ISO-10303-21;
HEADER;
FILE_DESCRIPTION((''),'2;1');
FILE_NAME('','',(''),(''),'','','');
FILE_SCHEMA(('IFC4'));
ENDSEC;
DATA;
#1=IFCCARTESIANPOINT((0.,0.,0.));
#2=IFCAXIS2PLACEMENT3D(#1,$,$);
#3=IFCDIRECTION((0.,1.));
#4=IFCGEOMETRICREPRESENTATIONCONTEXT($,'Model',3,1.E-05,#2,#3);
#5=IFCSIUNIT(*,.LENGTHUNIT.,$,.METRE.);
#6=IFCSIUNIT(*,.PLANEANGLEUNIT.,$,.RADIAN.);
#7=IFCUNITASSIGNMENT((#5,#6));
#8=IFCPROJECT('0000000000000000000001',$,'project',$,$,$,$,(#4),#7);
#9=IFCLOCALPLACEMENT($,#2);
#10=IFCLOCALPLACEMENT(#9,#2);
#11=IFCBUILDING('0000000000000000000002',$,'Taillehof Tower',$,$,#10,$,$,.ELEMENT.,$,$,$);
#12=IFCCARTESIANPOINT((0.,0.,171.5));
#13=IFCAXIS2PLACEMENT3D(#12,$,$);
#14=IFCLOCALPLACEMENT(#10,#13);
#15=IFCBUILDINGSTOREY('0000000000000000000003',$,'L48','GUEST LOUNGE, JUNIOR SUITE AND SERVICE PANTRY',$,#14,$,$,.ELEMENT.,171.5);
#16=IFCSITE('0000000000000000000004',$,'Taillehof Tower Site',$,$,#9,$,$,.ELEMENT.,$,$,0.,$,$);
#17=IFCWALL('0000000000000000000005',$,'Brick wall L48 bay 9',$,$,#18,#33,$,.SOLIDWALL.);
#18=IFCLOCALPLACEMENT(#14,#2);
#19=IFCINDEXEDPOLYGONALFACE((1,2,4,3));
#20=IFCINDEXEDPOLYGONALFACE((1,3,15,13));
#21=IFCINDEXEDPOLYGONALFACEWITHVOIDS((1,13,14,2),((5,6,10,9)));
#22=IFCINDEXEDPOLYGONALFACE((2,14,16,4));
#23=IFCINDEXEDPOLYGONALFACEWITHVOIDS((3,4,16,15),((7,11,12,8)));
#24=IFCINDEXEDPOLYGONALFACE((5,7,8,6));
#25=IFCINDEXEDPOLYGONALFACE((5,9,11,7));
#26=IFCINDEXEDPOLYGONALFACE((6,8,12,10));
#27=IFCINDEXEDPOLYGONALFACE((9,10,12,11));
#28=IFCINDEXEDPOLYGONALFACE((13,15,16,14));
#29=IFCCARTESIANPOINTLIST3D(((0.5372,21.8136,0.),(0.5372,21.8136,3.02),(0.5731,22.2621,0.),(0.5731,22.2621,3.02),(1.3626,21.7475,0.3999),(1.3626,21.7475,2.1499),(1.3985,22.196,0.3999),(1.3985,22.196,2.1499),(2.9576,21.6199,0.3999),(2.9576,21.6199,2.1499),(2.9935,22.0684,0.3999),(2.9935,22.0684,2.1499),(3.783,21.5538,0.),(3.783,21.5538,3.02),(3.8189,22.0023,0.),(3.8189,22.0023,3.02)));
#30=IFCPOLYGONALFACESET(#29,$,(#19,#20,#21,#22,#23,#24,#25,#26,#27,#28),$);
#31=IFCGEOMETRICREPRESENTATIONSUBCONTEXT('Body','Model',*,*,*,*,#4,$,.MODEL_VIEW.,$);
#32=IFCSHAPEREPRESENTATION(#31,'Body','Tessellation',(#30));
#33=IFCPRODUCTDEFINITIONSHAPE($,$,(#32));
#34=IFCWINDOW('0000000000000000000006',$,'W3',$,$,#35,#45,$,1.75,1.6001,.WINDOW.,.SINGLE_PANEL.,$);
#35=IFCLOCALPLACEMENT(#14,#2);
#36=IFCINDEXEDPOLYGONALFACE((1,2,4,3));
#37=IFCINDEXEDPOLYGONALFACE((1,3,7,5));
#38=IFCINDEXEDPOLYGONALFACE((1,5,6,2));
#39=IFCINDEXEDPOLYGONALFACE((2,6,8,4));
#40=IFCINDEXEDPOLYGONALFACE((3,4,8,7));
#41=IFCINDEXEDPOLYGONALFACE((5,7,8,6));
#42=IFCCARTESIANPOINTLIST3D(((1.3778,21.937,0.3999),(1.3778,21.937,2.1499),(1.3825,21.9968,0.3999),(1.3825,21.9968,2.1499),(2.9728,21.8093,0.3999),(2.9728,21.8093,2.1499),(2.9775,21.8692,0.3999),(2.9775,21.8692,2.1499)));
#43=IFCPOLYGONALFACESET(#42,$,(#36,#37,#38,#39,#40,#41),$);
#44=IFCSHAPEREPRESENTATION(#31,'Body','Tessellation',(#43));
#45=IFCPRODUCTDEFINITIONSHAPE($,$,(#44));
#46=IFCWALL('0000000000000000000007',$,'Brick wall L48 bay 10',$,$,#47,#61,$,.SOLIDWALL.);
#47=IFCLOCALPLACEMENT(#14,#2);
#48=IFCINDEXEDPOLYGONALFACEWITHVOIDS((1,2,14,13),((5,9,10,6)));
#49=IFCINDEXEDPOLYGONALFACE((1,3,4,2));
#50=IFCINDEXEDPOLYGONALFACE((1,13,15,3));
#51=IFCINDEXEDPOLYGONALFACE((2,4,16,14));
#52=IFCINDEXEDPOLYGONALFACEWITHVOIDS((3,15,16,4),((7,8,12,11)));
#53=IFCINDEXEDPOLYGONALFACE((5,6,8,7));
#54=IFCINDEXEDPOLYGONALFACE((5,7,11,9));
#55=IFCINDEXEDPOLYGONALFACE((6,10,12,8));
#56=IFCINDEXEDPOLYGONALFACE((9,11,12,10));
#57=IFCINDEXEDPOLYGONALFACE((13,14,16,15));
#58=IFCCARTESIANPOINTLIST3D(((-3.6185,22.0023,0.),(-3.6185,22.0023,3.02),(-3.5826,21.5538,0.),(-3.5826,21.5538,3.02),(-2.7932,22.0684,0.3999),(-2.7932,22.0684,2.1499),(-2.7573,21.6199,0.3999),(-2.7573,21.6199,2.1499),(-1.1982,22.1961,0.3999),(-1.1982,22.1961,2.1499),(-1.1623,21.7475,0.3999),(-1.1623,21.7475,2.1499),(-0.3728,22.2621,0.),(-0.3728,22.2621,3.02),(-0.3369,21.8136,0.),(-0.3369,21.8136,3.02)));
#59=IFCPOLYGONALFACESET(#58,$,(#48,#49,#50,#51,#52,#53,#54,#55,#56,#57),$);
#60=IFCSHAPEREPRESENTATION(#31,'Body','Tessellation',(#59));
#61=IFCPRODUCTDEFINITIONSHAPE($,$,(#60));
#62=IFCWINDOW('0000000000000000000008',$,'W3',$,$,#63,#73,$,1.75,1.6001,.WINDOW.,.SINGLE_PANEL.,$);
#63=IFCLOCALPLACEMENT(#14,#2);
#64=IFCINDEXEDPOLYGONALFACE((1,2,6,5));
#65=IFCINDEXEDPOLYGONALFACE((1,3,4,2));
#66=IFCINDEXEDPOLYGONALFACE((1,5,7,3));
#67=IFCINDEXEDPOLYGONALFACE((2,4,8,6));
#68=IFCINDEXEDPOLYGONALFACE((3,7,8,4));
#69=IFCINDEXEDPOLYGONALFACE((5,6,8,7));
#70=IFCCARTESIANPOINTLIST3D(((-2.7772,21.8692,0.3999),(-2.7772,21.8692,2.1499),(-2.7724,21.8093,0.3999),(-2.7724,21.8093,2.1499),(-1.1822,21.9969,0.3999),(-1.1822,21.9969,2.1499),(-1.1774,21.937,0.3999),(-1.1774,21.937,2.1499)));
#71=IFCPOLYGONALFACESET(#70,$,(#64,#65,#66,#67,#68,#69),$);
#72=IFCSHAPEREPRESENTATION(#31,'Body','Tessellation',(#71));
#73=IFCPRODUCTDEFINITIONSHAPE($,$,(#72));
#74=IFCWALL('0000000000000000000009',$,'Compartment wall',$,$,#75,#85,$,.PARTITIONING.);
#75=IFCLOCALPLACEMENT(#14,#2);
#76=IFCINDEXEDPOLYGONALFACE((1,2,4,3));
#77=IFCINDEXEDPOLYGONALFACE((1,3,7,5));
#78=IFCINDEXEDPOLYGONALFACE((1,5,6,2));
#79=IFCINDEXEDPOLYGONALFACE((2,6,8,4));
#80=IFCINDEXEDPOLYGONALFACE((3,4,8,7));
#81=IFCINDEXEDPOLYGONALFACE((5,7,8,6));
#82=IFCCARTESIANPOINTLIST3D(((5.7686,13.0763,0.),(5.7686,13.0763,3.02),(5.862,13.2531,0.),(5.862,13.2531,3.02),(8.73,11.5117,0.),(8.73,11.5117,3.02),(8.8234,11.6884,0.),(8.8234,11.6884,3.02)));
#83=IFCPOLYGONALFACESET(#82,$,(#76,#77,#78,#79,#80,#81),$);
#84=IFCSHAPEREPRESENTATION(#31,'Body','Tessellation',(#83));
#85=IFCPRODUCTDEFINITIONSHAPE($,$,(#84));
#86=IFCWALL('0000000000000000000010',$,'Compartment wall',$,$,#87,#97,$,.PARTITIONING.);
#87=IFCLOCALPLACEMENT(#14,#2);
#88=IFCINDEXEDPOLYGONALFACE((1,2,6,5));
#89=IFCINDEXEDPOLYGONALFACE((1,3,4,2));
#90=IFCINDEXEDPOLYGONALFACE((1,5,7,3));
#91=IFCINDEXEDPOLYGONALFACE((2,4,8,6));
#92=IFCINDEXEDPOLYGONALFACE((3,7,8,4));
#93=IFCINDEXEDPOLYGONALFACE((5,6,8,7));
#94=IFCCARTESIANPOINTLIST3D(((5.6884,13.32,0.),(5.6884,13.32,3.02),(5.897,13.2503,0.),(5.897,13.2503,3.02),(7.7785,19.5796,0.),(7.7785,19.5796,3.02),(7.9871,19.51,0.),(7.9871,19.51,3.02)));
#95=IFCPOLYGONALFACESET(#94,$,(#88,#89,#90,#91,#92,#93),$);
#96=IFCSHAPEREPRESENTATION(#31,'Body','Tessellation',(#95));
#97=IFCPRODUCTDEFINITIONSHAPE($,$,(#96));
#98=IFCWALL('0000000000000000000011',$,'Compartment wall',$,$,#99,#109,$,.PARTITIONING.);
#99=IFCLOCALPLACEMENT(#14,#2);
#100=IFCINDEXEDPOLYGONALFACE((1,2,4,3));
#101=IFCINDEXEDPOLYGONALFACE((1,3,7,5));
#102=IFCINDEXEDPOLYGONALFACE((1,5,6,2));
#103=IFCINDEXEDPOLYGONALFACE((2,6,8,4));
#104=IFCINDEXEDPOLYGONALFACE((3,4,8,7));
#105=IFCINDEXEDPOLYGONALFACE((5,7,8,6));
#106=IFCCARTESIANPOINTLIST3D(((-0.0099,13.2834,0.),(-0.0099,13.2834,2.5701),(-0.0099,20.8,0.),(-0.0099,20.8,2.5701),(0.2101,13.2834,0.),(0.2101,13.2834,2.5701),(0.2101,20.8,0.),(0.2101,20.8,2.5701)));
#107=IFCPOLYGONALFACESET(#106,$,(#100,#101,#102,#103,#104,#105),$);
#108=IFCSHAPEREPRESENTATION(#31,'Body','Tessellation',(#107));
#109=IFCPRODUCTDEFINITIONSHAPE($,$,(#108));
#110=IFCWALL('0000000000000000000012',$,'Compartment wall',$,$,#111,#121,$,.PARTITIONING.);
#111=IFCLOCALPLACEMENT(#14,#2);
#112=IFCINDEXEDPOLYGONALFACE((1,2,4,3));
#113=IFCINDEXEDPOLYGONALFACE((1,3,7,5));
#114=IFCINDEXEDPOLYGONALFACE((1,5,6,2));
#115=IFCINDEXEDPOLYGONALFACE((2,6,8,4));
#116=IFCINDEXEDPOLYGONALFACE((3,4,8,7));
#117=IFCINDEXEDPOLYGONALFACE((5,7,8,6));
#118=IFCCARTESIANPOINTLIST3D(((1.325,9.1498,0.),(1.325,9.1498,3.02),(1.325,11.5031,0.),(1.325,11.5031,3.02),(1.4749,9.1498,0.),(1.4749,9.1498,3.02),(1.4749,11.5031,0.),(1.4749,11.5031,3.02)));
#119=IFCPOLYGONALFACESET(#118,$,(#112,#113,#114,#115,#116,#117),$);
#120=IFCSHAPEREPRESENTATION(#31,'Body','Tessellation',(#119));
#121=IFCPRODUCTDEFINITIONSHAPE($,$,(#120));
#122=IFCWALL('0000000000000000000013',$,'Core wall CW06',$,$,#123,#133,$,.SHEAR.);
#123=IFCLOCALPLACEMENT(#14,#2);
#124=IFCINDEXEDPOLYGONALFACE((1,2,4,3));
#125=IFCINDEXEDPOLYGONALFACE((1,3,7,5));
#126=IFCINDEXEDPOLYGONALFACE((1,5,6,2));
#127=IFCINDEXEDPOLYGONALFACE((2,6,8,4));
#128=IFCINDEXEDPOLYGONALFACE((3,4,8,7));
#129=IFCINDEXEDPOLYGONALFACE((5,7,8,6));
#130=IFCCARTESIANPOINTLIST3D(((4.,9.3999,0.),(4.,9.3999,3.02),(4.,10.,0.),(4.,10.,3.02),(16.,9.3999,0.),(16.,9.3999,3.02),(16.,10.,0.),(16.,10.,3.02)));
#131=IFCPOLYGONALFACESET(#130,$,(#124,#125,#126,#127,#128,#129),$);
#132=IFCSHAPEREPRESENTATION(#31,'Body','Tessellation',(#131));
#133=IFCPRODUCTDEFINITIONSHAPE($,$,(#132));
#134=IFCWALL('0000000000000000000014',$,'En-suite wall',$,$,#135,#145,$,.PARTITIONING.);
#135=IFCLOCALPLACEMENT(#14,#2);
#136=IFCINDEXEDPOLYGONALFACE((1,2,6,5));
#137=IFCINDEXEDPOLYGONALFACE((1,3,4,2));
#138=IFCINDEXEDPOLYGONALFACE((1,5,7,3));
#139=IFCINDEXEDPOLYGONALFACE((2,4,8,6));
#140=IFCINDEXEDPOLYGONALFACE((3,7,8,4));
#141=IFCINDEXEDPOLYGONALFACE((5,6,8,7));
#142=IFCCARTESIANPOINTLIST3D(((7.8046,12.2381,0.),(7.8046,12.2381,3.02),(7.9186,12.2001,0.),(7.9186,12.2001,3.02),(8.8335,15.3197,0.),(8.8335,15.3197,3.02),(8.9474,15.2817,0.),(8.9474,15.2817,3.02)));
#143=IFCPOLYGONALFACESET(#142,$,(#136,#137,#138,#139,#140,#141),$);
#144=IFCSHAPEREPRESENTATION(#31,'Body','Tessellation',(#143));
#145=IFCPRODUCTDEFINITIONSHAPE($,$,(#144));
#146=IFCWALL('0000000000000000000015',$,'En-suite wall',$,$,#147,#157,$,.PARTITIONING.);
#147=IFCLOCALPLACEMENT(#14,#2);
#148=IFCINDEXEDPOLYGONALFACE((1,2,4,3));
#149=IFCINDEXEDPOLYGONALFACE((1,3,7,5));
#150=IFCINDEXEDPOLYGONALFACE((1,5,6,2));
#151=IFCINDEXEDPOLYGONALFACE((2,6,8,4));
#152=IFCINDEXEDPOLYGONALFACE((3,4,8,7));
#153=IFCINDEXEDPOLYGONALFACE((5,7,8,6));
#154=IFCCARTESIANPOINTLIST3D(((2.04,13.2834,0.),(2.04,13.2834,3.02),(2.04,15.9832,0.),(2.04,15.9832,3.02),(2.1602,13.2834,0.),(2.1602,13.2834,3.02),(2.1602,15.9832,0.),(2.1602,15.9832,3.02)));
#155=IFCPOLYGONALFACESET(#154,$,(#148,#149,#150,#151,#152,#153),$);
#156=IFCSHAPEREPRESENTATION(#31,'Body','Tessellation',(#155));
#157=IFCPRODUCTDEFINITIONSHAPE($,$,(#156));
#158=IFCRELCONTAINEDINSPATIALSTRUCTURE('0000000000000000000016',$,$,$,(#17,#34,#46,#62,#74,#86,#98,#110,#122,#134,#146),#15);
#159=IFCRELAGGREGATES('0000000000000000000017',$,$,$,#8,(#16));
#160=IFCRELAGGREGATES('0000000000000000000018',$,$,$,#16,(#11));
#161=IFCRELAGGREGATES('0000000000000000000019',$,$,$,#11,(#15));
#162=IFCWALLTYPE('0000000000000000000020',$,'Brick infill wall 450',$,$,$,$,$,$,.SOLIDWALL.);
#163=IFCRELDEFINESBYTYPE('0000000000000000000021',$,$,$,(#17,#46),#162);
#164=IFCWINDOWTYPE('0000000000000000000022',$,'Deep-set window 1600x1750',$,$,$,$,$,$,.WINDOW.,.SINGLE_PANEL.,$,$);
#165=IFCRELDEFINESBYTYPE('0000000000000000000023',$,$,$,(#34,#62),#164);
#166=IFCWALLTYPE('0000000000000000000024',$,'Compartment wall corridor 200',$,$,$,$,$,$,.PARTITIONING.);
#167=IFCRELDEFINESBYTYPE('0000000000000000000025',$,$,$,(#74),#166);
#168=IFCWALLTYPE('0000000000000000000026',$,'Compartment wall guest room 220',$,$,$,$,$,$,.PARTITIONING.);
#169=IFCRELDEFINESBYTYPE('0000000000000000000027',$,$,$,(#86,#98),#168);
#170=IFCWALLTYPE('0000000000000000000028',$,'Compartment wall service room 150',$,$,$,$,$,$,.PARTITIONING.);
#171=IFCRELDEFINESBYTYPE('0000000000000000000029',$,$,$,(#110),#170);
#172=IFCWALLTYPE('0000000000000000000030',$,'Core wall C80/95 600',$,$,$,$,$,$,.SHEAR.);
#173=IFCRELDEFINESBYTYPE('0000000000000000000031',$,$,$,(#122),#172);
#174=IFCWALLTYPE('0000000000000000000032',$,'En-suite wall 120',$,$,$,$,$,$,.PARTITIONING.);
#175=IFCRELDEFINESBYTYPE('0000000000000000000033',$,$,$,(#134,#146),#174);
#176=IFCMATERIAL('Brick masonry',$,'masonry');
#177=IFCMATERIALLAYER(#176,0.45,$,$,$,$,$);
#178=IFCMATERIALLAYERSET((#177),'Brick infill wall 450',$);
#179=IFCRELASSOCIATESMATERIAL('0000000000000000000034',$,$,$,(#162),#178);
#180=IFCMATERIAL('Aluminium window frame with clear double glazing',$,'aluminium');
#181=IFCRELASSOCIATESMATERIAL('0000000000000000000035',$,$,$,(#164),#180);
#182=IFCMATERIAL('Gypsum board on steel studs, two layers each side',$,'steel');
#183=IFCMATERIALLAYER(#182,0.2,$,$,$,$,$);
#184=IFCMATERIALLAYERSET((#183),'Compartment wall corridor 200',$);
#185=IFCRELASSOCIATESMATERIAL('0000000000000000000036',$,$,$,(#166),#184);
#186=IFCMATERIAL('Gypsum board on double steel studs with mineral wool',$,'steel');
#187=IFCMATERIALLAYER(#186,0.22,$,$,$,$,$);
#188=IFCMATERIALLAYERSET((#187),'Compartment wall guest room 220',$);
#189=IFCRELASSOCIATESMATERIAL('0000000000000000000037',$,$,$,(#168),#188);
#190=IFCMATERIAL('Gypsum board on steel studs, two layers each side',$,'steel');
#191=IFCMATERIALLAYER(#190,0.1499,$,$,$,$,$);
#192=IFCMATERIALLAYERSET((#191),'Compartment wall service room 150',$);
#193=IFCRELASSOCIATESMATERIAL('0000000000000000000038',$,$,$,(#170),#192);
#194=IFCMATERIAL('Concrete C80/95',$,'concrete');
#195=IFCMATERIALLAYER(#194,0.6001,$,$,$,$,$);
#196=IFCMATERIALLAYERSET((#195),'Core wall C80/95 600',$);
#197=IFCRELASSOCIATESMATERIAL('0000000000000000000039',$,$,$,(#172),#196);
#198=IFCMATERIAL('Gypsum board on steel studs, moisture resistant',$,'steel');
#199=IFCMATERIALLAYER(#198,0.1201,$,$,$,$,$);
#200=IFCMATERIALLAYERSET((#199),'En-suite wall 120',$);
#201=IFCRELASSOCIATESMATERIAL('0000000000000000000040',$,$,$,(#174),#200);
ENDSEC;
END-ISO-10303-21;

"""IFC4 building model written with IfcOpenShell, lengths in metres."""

from ifc_helpers import new_model, si_unit, direction, frame, frame_2d, origin, place, context, subcontext, project, spatial, rectangle, extrude, material, layer, layer_set, type_object, element, fill, save


model = new_model("IFC4")

# Units and contexts
model_context = context("Model", 3, precision=1e-05, world=origin(), true_north=direction((0.0, 1.0)))
body_context = subcontext(model_context, "Body", "Model", "MODEL_VIEW")
ifc_project = project(units=[si_unit("LENGTHUNIT", "METRE"), si_unit("PLANEANGLEUNIT", "RADIAN")], contexts=[model_context])

# Site, building, storey
site_placement = place(None, origin())
site = spatial("IfcSite", under=ifc_project, at=site_placement, Name="Taillehof Tower Site", CompositionType="ELEMENT", RefElevation=0.0)
building_placement = place(site_placement, origin())
building = spatial("IfcBuilding", under=site, at=building_placement, Name="Taillehof Tower", CompositionType="ELEMENT")
storey_placement = place(building_placement, frame((0.0, 0.0, 171.5)))
storey = spatial("IfcBuildingStorey", under=building, at=storey_placement, Name="L48", Description="GUEST LOUNGE, JUNIOR SUITE AND SERVICE PANTRY", CompositionType="ELEMENT", Elevation=171.5)

# Walls, openings, windows
ifc_material_1 = material(Name="Brick masonry", Category="masonry")
ifc_layer_1 = layer(ifc_material_1, 0.45)
ifc_layer_set_1 = layer_set([ifc_layer_1], Name="Brick infill wall 450")
wall_type_1 = type_object("IfcWallType", Name="Brick infill wall 450", PredefinedType="SOLIDWALL", material=ifc_layer_set_1)
ifc_material_2 = material(Name="Aluminium window frame with clear double glazing", Category="aluminium")
window_type = type_object("IfcWindowType", Name="Deep-set window 1600x1750", PartitioningType="SINGLE_PANEL", PredefinedType="WINDOW", material=ifc_material_2)
wall_1_placement = place(storey_placement, frame((3.8008, 21.7781, 0.0), z_axis=(0.0, 0.0, 1.0), x_axis=(-0.996812, 0.079781, 0.0)))
wall_1 = element("IfcWall", 1, at=wall_1_placement, inside=storey, type_object=wall_type_1, Name="Brick wall L48 bay 9", PredefinedType="SOLIDWALL", context=body_context, shape_type="SweptSolid", body=[
    extrude(rectangle(XDim=3.2561, YDim=0.45, at=frame_2d((1.6279, 0.0))), origin(), (0.0, 0.0, 1.0), 3.02),
])
opening_1_placement = place(wall_1_placement, frame((0.8279, 0.0, 0.3999)))
opening_1 = element("IfcOpeningElement", 2, at=opening_1_placement, cuts=wall_1, PredefinedType="OPENING", context=body_context, shape_type="SweptSolid", body=[
    extrude(rectangle(XDim=1.6001, YDim=1.75, at=frame_2d((0.8, 0.875))), frame((0.0, 0.2349, 0.0), z_axis=(0.0, -1.0, 0.0), x_axis=(1.0, 0.0, 0.0)), (0.0, 0.0, 1.0), 0.47),
])
window_1_placement = place(opening_1_placement, origin())
window_1 = element("IfcWindow", 3, at=window_1_placement, inside=storey, type_object=window_type, Name="W3", OverallHeight=1.75, OverallWidth=1.6001, PartitioningType="SINGLE_PANEL", PredefinedType="WINDOW", context=body_context, shape_type="SweptSolid", body=[
    extrude(rectangle(XDim=1.6001, YDim=1.75, at=frame_2d((0.8, 0.875))), frame((0.0, 0.0349, 0.0), z_axis=(0.0, -1.0, 0.0), x_axis=(1.0, 0.0, 0.0)), (0.0, 0.0, 1.0), 0.0601),
])
fill(opening_1, window_1)
wall_2_placement = place(storey_placement, frame((-0.355, 22.0378, 0.0), z_axis=(0.0, 0.0, 1.0), x_axis=(-0.996812, -0.079781, 0.0)))
wall_2 = element("IfcWall", 4, at=wall_2_placement, inside=storey, type_object=wall_type_1, Name="Brick wall L48 bay 10", PredefinedType="SOLIDWALL", context=body_context, shape_type="SweptSolid", body=[
    extrude(rectangle(XDim=3.2561, YDim=0.45, at=frame_2d((1.6279, 0.0))), origin(), (0.0, 0.0, 1.0), 3.02),
])
opening_2_placement = place(wall_2_placement, frame((0.8279, 0.0, 0.3999)))
opening_2 = element("IfcOpeningElement", 5, at=opening_2_placement, cuts=wall_2, PredefinedType="OPENING", context=body_context, shape_type="SweptSolid", body=[
    extrude(rectangle(XDim=1.6001, YDim=1.75, at=frame_2d((0.8, 0.875))), frame((0.0, 0.2349, 0.0), z_axis=(0.0, -1.0, 0.0), x_axis=(1.0, 0.0, 0.0)), (0.0, 0.0, 1.0), 0.47),
])
window_2_placement = place(opening_2_placement, origin())
window_2 = element("IfcWindow", 6, at=window_2_placement, inside=storey, type_object=window_type, Name="W3", OverallHeight=1.75, OverallWidth=1.6001, PartitioningType="SINGLE_PANEL", PredefinedType="WINDOW", context=body_context, shape_type="SweptSolid", body=[
    extrude(rectangle(XDim=1.6001, YDim=1.75, at=frame_2d((0.8, 0.875))), frame((0.0, 0.0349, 0.0), z_axis=(0.0, -1.0, 0.0), x_axis=(1.0, 0.0, 0.0)), (0.0, 0.0, 1.0), 0.0601),
])
fill(opening_2, window_2)

# Walls
ifc_material_3 = material(Name="Gypsum board on steel studs, two layers each side", Category="steel")
ifc_layer_2 = layer(ifc_material_3, 0.2)
ifc_layer_set_2 = layer_set([ifc_layer_2], Name="Compartment wall corridor 200")
wall_type_2 = type_object("IfcWallType", Name="Compartment wall corridor 200", PredefinedType="PARTITIONING", material=ifc_layer_set_2)
wall_3_placement = place(storey_placement, frame((5.8152, 13.1648, 0.0), z_axis=(0.0, 0.0, 1.0), x_axis=(0.884172, -0.467161, 0.0)))
element("IfcWall", 7, at=wall_3_placement, inside=storey, type_object=wall_type_2, Name="Compartment wall", PredefinedType="PARTITIONING", context=body_context, shape_type="SweptSolid", body=[
    extrude(rectangle(XDim=3.3494, YDim=0.2, at=frame_2d((1.6748, 0.0))), origin(), (0.0, 0.0, 1.0), 3.02),
])
ifc_material_4 = material(Name="Gypsum board on double steel studs with mineral wool", Category="steel")
ifc_layer_3 = layer(ifc_material_4, 0.22)
ifc_layer_set_3 = layer_set([ifc_layer_3], Name="Compartment wall guest room 220")
wall_type_3 = type_object("IfcWallType", Name="Compartment wall guest room 220", PredefinedType="PARTITIONING", material=ifc_layer_set_3)
wall_4_placement = place(storey_placement, frame((7.8828, 19.5449, 0.0), z_axis=(0.0, 0.0, 1.0), x_axis=(-0.316705, -0.948524, 0.0)))
element("IfcWall", 8, at=wall_4_placement, inside=storey, type_object=wall_type_3, Name="Compartment wall", PredefinedType="PARTITIONING", context=body_context, shape_type="SweptSolid", body=[
    extrude(rectangle(XDim=6.5994, YDim=0.22, at=frame_2d((3.2998, 0.0))), origin(), (0.0, 0.0, 1.0), 3.02),
])
wall_5_placement = place(storey_placement, frame((0.1001, 20.8, 0.0), z_axis=(0.0, 0.0, 1.0), x_axis=(0.0, -1.0, 0.0)))
element("IfcWall", 9, at=wall_5_placement, inside=storey, type_object=wall_type_3, Name="Compartment wall", PredefinedType="PARTITIONING", context=body_context, shape_type="SweptSolid", body=[
    extrude(rectangle(XDim=7.5166, YDim=0.22, at=frame_2d((3.7583, 0.0))), origin(), (0.0, 0.0, 1.0), 2.5701),
])
ifc_material_5 = material(Name="Gypsum board on steel studs, two layers each side", Category="steel")
ifc_layer_4 = layer(ifc_material_5, 0.1499)
ifc_layer_set_4 = layer_set([ifc_layer_4], Name="Compartment wall service room 150")
wall_type_4 = type_object("IfcWallType", Name="Compartment wall service room 150", PredefinedType="PARTITIONING", material=ifc_layer_set_4)
wall_6_placement = place(storey_placement, frame((1.3999, 11.5032, 0.0), z_axis=(0.0, 0.0, 1.0), x_axis=(0.0, -1.0, 0.0)))
element("IfcWall", 10, at=wall_6_placement, inside=storey, type_object=wall_type_4, Name="Compartment wall", PredefinedType="PARTITIONING", context=body_context, shape_type="SweptSolid", body=[
    extrude(rectangle(XDim=2.3533, YDim=0.1499, at=frame_2d((1.1768, 0.0))), origin(), (0.0, 0.0, 1.0), 3.02),
])
ifc_material_6 = material(Name="Concrete C80/95", Category="concrete")
ifc_layer_5 = layer(ifc_material_6, 0.6001)
ifc_layer_set_5 = layer_set([ifc_layer_5], Name="Core wall C80/95 600")
wall_type_5 = type_object("IfcWallType", Name="Core wall C80/95 600", PredefinedType="SHEAR", material=ifc_layer_set_5)
wall_7_placement = place(storey_placement, frame((4.0, 9.7, 0.0), z_axis=(0.0, 0.0, 1.0), x_axis=(1.0, 0.0, 0.0)))
element("IfcWall", 11, at=wall_7_placement, inside=storey, type_object=wall_type_5, Name="Core wall CW06", PredefinedType="SHEAR", context=body_context, shape_type="SweptSolid", body=[
    extrude(rectangle(XDim=12.0, YDim=0.6001, at=frame_2d((6.0, 0.0))), origin(), (0.0, 0.0, 1.0), 3.02),
])
ifc_material_7 = material(Name="Gypsum board on steel studs, moisture resistant", Category="steel")
ifc_layer_6 = layer(ifc_material_7, 0.1201)
ifc_layer_set_6 = layer_set([ifc_layer_6], Name="En-suite wall 120")
wall_type_6 = type_object("IfcWallType", Name="En-suite wall 120", PredefinedType="PARTITIONING", material=ifc_layer_set_6)
wall_8_placement = place(storey_placement, frame((7.8616, 12.219, 0.0), z_axis=(0.0, 0.0, 1.0), x_axis=(0.316679, 0.948533, 0.0)))
element("IfcWall", 12, at=wall_8_placement, inside=storey, type_object=wall_type_6, Name="En-suite wall", PredefinedType="PARTITIONING", context=body_context, shape_type="SweptSolid", body=[
    extrude(rectangle(XDim=3.2488, YDim=0.1201, at=frame_2d((1.6245, 0.0))), origin(), (0.0, 0.0, 1.0), 3.02),
])
wall_9_placement = place(storey_placement, frame((2.1001, 13.2834, 0.0), z_axis=(0.0, 0.0, 1.0), x_axis=(0.0, 1.0, 0.0)))
element("IfcWall", 13, at=wall_9_placement, inside=storey, type_object=wall_type_6, Name="En-suite wall", PredefinedType="PARTITIONING", context=body_context, shape_type="SweptSolid", body=[
    extrude(rectangle(XDim=2.6997, YDim=0.1201, at=frame_2d((1.3499, 0.0))), origin(), (0.0, 0.0, 1.0), 3.02),
])

save(model, "model.ifc")
